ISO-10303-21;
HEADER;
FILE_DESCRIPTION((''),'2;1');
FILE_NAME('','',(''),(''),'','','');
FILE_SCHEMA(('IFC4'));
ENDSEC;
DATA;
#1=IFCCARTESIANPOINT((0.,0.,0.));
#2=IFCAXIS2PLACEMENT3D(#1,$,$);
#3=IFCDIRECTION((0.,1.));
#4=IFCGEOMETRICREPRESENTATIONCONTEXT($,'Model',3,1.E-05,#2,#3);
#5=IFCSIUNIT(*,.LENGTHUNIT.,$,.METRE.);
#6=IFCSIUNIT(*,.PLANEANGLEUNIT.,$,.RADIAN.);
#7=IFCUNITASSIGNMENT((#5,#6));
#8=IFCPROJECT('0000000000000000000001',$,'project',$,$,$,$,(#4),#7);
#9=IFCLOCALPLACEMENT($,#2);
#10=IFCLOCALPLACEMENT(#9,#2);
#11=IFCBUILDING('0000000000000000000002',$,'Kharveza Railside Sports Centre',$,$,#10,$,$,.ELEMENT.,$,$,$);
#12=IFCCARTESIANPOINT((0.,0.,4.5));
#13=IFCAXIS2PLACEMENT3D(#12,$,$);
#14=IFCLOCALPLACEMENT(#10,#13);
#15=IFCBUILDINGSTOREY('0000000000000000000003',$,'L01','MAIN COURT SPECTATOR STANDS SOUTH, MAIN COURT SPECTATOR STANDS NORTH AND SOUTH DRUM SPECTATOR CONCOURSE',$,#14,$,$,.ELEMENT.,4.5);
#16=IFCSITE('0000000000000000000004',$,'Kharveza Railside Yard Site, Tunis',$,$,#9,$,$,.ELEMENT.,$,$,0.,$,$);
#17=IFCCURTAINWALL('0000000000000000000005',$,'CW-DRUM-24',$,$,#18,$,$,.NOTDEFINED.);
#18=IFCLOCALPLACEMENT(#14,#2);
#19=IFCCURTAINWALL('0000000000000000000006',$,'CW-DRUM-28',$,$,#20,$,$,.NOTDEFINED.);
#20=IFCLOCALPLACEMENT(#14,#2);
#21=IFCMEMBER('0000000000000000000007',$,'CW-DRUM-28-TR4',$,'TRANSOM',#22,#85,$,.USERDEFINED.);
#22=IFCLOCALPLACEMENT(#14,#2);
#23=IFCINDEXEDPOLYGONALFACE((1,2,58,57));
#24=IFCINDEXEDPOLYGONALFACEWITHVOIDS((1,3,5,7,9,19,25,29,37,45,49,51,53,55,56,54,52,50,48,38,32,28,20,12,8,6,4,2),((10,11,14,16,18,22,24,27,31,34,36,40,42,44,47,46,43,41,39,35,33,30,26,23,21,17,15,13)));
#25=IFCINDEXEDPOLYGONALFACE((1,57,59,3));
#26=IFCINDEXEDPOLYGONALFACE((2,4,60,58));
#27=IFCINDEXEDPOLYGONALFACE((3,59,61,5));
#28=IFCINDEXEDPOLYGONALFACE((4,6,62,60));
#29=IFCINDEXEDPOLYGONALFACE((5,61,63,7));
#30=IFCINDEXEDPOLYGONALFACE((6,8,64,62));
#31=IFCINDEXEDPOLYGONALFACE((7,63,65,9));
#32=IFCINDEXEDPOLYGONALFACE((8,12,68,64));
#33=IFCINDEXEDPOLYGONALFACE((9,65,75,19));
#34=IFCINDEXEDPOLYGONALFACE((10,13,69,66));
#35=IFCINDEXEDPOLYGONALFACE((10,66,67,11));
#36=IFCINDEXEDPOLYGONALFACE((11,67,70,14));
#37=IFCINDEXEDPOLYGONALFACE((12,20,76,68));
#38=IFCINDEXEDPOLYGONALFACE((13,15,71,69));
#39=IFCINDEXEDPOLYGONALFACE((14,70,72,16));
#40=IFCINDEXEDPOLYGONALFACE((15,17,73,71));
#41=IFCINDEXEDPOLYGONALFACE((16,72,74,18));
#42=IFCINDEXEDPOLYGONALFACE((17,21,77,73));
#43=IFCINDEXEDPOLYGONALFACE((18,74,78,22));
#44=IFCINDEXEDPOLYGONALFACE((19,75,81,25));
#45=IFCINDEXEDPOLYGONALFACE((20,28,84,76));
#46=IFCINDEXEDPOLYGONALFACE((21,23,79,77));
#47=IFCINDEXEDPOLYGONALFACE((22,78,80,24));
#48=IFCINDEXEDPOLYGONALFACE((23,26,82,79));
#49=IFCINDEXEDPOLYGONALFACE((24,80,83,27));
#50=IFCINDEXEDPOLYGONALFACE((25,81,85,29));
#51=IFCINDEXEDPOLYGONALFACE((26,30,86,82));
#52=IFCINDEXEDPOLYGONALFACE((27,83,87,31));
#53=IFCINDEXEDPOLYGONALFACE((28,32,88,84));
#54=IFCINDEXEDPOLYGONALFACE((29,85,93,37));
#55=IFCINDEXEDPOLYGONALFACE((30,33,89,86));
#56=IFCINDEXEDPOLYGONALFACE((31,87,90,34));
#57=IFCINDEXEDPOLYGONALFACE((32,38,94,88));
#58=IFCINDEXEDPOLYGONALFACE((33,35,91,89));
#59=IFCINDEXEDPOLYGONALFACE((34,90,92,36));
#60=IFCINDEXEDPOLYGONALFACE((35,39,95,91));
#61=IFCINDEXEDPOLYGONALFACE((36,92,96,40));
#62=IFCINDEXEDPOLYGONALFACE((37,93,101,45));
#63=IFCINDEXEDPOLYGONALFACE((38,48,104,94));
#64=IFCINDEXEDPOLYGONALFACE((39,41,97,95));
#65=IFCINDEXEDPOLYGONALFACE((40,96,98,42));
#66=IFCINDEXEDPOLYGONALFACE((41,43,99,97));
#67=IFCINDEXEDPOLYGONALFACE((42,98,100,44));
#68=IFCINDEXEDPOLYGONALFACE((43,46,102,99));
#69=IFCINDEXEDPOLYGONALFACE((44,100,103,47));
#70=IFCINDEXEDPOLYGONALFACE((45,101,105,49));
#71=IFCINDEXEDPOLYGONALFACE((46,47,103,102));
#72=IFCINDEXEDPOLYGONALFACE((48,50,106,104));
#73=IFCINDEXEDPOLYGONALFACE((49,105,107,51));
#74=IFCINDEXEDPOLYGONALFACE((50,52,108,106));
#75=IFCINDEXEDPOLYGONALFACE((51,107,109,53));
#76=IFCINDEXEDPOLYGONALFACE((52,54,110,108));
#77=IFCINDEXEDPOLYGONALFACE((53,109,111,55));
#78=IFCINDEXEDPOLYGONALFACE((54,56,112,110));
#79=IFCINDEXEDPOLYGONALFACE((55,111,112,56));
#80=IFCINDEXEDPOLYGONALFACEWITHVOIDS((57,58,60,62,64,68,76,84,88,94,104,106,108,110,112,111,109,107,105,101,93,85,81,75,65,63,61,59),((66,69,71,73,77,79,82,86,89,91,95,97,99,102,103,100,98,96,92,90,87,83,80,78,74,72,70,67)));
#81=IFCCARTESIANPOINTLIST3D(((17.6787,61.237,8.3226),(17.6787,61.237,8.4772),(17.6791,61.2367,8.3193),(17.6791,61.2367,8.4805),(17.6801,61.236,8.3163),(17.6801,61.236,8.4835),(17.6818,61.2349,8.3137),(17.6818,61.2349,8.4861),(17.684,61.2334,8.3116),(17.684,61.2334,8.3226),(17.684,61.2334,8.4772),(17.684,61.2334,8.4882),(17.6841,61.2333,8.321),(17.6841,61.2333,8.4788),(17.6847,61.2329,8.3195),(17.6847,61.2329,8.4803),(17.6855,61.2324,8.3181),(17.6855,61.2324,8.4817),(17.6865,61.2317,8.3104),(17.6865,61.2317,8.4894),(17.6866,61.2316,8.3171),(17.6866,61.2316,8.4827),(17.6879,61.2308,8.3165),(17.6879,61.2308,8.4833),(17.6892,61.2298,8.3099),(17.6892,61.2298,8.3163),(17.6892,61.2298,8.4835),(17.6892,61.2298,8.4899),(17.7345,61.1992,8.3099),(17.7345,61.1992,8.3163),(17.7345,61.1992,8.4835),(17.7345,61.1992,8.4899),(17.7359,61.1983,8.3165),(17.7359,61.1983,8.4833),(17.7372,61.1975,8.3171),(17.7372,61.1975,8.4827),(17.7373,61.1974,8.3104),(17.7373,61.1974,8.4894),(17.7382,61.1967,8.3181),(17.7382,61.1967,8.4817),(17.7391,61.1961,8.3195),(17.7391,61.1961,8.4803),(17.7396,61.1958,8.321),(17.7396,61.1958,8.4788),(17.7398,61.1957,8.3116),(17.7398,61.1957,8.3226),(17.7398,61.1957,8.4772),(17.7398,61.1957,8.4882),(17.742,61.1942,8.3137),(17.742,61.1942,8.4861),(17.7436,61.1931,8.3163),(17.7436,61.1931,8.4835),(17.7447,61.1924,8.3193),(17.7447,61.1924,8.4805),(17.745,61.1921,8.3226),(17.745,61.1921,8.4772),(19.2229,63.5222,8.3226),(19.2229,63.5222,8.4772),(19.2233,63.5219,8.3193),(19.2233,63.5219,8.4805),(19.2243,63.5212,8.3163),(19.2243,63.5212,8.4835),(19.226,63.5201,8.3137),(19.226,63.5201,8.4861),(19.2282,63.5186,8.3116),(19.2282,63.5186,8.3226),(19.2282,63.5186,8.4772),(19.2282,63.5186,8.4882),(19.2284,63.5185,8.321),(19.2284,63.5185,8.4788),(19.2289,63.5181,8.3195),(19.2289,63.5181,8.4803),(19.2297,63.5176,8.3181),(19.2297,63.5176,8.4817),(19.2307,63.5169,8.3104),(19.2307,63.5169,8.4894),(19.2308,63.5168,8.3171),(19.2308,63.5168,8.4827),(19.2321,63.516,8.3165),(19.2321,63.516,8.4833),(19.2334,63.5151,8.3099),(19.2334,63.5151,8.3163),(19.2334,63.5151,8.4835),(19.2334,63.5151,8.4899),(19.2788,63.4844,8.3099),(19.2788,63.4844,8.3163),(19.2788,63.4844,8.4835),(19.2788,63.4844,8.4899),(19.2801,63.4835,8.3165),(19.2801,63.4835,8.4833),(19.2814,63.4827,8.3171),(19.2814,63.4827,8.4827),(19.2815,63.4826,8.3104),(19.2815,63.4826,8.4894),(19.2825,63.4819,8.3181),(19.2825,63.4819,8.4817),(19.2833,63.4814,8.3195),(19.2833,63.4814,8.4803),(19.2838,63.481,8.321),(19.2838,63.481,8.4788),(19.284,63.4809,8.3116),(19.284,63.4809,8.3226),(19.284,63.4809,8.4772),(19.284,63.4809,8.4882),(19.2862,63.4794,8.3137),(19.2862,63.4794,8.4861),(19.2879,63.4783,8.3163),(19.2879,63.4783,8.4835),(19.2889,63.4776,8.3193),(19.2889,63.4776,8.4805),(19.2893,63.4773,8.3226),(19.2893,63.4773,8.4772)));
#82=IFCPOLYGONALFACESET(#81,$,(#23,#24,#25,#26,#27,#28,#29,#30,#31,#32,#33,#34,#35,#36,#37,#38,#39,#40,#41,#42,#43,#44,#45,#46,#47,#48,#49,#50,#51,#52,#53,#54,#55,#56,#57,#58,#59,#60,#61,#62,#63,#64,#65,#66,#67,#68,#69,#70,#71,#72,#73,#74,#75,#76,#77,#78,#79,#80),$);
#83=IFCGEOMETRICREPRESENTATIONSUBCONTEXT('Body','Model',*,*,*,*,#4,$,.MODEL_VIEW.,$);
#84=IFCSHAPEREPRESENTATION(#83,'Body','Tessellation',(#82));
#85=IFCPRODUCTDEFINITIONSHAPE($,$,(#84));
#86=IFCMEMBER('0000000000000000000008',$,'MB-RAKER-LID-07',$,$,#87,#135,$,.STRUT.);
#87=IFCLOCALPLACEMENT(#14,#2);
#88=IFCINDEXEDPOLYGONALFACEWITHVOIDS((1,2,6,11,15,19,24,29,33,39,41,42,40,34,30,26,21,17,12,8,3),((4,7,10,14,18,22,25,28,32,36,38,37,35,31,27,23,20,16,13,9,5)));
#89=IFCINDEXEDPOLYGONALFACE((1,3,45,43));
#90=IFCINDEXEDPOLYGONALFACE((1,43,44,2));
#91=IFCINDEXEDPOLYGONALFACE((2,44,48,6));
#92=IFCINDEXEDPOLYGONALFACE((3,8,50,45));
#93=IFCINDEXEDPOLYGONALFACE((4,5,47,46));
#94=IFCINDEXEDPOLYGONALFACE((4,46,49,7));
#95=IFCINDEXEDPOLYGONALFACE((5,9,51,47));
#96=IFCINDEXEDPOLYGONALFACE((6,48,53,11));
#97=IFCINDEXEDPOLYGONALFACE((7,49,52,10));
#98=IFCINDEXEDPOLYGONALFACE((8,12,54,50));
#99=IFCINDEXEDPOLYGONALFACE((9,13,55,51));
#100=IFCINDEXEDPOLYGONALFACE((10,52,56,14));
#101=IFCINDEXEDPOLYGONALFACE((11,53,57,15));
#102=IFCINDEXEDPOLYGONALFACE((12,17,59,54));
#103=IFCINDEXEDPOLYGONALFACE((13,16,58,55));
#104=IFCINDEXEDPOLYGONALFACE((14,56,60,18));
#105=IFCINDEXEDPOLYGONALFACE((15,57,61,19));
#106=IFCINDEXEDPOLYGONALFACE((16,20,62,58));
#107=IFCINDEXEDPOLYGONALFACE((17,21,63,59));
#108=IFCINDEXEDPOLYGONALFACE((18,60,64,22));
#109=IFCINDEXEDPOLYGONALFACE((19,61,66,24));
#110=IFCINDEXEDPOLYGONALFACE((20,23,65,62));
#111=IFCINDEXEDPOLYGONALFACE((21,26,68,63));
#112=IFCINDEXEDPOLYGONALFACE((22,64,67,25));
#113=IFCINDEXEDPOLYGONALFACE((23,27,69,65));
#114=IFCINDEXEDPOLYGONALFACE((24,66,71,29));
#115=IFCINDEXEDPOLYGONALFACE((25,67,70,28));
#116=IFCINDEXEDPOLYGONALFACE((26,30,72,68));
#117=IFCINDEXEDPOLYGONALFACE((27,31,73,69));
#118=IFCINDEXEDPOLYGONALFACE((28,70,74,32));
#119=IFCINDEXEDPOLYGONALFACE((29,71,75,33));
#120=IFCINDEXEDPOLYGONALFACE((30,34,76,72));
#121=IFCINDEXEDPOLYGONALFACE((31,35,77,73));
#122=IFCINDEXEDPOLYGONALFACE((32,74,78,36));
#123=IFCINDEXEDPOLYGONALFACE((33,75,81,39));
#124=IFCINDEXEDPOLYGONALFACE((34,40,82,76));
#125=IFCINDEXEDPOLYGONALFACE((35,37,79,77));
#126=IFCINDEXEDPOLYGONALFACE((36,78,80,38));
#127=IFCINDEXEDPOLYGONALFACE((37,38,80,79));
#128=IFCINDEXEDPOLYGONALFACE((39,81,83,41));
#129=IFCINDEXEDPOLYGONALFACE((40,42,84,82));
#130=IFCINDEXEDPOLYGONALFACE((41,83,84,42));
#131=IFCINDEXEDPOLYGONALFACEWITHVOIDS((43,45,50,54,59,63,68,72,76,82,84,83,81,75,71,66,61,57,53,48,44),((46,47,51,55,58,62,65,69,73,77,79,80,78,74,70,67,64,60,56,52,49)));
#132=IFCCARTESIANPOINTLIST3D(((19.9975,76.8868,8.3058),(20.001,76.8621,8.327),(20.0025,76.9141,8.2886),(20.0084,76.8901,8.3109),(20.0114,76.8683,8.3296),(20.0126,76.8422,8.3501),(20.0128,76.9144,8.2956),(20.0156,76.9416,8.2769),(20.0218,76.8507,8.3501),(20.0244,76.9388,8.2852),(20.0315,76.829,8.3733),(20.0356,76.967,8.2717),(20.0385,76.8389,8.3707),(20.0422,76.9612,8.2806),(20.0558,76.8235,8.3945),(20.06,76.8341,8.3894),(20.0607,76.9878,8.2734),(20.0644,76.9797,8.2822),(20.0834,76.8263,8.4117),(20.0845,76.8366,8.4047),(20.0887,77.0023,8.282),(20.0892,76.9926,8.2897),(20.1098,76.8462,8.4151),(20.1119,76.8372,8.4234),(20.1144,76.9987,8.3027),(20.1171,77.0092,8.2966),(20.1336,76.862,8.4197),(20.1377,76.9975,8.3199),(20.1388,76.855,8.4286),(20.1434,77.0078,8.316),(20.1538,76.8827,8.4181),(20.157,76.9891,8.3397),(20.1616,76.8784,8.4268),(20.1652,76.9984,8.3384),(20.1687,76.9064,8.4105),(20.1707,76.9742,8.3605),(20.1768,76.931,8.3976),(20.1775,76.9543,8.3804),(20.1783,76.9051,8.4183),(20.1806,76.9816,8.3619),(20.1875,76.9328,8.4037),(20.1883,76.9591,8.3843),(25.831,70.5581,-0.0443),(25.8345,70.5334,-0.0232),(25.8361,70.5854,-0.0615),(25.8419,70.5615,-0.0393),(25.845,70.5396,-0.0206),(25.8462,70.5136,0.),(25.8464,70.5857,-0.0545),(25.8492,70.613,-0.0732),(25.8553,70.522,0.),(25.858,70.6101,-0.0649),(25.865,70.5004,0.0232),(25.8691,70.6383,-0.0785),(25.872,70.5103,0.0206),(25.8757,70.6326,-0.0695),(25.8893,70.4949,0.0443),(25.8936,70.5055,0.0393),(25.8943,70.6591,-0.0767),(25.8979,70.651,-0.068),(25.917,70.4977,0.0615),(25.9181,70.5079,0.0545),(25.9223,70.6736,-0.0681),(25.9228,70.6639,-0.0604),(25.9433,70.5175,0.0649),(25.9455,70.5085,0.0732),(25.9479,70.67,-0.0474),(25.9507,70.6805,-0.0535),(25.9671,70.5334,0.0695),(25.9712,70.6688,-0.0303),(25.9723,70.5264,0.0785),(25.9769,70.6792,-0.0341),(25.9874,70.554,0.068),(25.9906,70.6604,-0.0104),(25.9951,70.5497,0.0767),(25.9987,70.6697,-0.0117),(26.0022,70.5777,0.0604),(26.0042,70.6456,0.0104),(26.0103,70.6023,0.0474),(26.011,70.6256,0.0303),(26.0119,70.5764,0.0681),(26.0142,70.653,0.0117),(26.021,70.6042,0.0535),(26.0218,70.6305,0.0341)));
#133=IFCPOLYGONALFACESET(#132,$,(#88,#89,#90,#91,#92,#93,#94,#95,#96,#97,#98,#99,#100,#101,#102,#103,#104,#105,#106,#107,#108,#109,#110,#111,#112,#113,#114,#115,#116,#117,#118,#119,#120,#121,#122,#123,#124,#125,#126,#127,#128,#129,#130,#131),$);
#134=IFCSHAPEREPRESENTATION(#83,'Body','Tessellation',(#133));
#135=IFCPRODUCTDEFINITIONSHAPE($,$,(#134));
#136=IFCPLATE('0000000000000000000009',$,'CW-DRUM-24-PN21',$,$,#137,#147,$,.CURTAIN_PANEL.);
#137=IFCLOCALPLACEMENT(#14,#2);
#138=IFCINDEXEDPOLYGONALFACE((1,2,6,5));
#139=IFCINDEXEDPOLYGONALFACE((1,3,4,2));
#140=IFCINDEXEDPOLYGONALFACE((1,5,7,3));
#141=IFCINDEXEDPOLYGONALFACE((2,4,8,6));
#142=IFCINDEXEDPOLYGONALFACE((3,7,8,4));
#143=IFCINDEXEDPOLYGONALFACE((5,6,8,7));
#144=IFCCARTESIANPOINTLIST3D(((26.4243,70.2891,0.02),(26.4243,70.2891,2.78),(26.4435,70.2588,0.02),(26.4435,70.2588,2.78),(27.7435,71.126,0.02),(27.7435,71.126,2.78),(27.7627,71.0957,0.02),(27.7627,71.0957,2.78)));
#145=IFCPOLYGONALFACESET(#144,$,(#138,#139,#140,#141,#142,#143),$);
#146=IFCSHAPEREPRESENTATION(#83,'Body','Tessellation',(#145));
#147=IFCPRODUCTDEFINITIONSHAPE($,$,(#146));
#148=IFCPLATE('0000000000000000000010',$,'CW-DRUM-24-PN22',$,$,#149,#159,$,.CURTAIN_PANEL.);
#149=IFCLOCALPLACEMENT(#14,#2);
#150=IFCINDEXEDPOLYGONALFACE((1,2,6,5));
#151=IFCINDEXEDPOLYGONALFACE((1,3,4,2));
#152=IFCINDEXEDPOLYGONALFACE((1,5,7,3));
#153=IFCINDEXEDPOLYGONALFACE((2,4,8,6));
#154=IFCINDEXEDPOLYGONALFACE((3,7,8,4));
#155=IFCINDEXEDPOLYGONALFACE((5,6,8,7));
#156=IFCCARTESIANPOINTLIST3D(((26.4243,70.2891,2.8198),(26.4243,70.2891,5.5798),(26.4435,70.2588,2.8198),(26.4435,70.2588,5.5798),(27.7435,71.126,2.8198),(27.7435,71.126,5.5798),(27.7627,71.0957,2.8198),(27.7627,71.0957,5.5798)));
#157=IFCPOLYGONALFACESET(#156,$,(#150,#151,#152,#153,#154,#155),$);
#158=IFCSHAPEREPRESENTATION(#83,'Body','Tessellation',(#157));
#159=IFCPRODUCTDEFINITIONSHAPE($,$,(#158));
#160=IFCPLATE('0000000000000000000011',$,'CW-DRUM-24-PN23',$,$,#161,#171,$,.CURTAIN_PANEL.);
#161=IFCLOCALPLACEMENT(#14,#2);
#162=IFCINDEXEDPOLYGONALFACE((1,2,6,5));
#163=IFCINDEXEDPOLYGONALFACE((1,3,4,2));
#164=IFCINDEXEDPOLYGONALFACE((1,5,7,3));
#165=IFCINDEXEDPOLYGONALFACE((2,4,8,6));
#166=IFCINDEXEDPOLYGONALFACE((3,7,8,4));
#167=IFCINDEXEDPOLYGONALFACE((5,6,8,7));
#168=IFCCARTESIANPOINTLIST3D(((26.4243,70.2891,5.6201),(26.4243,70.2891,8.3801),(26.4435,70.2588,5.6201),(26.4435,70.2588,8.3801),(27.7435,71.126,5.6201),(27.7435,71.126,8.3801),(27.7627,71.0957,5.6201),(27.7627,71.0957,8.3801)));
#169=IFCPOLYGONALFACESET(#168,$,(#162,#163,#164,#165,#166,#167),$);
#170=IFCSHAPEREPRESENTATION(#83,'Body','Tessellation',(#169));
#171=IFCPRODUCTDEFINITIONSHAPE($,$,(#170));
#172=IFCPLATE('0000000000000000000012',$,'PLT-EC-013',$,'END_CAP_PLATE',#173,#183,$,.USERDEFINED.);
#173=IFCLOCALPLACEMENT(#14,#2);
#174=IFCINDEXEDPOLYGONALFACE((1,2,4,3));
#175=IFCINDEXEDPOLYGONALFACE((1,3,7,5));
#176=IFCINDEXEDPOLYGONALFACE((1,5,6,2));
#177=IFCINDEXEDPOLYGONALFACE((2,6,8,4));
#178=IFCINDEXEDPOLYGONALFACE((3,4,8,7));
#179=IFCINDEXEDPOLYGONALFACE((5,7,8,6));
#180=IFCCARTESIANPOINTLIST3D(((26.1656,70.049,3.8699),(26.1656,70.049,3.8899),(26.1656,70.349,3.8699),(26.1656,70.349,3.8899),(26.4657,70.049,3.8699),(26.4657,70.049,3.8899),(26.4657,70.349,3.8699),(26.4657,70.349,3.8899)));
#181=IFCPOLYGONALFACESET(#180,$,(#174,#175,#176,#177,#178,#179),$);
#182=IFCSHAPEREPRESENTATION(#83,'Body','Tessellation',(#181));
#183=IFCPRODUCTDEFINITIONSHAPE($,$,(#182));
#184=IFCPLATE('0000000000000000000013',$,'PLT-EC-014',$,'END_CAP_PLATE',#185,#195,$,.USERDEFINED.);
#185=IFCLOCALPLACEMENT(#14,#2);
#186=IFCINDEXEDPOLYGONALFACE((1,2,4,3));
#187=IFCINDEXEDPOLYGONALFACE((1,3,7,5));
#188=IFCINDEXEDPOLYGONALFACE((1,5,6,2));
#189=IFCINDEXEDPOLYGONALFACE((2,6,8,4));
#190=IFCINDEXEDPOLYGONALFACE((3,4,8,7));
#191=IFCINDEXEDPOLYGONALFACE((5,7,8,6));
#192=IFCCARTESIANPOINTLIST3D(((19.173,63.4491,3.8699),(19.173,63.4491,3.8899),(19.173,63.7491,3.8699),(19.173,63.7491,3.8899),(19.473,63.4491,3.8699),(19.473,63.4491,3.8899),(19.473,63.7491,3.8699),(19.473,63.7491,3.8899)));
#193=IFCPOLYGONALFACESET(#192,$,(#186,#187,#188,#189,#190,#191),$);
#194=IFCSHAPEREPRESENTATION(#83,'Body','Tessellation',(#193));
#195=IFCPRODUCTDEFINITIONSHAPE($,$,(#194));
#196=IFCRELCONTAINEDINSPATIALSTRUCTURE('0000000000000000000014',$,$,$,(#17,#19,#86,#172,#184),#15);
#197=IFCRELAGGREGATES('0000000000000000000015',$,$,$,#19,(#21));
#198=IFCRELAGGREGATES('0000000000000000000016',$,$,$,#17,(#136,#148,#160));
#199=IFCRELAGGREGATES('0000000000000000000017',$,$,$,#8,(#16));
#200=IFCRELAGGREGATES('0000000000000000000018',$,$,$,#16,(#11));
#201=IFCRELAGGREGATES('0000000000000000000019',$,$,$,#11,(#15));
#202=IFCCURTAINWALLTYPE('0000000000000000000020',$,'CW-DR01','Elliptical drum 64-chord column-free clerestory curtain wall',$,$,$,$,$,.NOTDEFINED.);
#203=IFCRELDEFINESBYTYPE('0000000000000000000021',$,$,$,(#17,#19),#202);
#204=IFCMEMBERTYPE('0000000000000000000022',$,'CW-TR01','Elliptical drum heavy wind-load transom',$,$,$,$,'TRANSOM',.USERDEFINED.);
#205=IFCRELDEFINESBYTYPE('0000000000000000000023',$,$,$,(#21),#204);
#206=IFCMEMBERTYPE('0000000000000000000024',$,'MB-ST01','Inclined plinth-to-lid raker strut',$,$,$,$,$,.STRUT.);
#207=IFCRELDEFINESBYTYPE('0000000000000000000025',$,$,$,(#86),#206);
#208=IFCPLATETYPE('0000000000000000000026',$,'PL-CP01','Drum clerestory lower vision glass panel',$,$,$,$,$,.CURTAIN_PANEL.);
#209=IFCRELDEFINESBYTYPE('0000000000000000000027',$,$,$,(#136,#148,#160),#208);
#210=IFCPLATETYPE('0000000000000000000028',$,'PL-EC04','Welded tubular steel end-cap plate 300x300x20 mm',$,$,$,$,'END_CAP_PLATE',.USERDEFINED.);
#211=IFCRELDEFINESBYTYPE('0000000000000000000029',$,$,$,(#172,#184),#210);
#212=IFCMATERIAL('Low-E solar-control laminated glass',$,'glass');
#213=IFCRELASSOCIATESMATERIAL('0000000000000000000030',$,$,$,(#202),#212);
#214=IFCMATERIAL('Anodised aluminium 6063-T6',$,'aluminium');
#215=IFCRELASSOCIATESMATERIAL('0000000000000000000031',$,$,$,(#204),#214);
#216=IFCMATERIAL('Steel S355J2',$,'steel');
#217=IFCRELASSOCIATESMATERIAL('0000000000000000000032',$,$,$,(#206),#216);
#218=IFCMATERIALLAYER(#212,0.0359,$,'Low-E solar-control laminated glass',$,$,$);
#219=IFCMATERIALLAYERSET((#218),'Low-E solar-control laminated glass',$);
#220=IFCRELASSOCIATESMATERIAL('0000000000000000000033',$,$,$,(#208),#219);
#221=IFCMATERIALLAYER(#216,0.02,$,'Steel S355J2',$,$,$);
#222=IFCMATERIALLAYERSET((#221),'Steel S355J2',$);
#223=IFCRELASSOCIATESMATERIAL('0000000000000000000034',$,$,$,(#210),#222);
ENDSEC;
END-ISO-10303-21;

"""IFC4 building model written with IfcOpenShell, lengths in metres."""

from ifc_helpers import new_model, si_unit, direction, frame, origin, origin_2d, place, context, subcontext, project, spatial, rectangle, hollow_rectangle, hollow_circle, extrude, material, layer, layer_set, material_profile, profile_set, type_object, element, aggregate, save


model = new_model("IFC4")

# Units and contexts
model_context = context("Model", 3, precision=1e-05, world=origin(), true_north=direction((0.0, 1.0)))
body_context = subcontext(model_context, "Body", "Model", "MODEL_VIEW")
ifc_project = project(units=[si_unit("LENGTHUNIT", "METRE"), si_unit("PLANEANGLEUNIT", "RADIAN")], contexts=[model_context])

# Site, building, storey
site_placement = place(None, origin())
site = spatial("IfcSite", under=ifc_project, at=site_placement, Name="Kharveza Railside Yard Site, Tunis", CompositionType="ELEMENT", RefElevation=0.0)
building_placement = place(site_placement, origin())
building = spatial("IfcBuilding", under=site, at=building_placement, Name="Kharveza Railside Sports Centre", CompositionType="ELEMENT")
storey_placement = place(building_placement, frame((0.0, 0.0, 4.5)))
storey = spatial("IfcBuildingStorey", under=building, at=storey_placement, Name="L01", Description="MAIN COURT SPECTATOR STANDS SOUTH, MAIN COURT SPECTATOR STANDS NORTH AND SOUTH DRUM SPECTATOR CONCOURSE", CompositionType="ELEMENT", Elevation=4.5)

# Shared definitions
ifc_material_1 = material(Name="Steel S355J2", Category="steel")

# Curtain wall
ifc_material_2 = material(Name="Low-E solar-control laminated glass", Category="glass")
curtain_wall_type = type_object("IfcCurtainWallType", Name="CW-DR01", Description="Elliptical drum 64-chord column-free clerestory curtain wall", PredefinedType="NOTDEFINED", material=ifc_material_2)
curtain_wall_1_placement = place(storey_placement, origin())
curtain_wall_1 = element("IfcCurtainWall", 1, at=curtain_wall_1_placement, inside=storey, type_object=curtain_wall_type, Name="CW-DRUM-24", PredefinedType="NOTDEFINED")
ifc_material_3 = material(Name="Anodised aluminium 6063-T6", Category="aluminium")

# Curtain wall, member
curtain_wall_2_placement = place(storey_placement, origin())
curtain_wall_2 = element("IfcCurtainWall", 2, at=curtain_wall_2_placement, inside=storey, type_object=curtain_wall_type, Name="CW-DRUM-28", PredefinedType="NOTDEFINED")
ifc_material_profile_1 = material_profile(ifc_material_3, hollow_rectangle(XDim=0.0801, YDim=0.1799, WallThickness=0.0063, InnerFilletRadius=0.0063, OuterFilletRadius=0.0127, at=origin_2d()), Name="RHS 80x180x6.3")
ifc_profile_set_1 = profile_set([ifc_material_profile_1], Name="Anodised aluminium 6063-T6")
member_type_1 = type_object("IfcMemberType", Name="CW-TR01", Description="Elliptical drum heavy wind-load transom", ElementType="TRANSOM", PredefinedType="USERDEFINED", material=ifc_profile_set_1)
member_1_placement = place(storey_placement, frame((19.2561, 63.4998, 8.3999), z_axis=(-0.559898, -0.828561, 0.0), x_axis=(0.828561, -0.559898, 0.0)))
member_1 = element("IfcMember", 3, at=member_1_placement, type_object=member_type_1, Name="CW-DRUM-28-TR4", ObjectType="TRANSOM", PredefinedType="USERDEFINED", context=body_context, shape_type="SweptSolid", body=[
    extrude(hollow_rectangle(XDim=0.0801, YDim=0.1799, WallThickness=0.0063, InnerFilletRadius=0.0063, OuterFilletRadius=0.0127, at=origin_2d()), origin(), (0.0, 0.0, 1.0), 2.7581),
])
aggregate(curtain_wall_2, [member_1])

# Member
ifc_material_profile_2 = material_profile(ifc_material_1, hollow_circle(Radius=0.1096, WallThickness=0.0125, at=origin_2d()), Name="CHS 219.1x12.5")
ifc_profile_set_2 = profile_set([ifc_material_profile_2], Name="Steel S355J2")
member_type_2 = type_object("IfcMemberType", Name="MB-ST01", Description="Inclined plinth-to-lid raker strut", PredefinedType="STRUT", material=ifc_profile_set_2)
member_2_placement = place(storey_placement, frame((25.9268, 70.5879, 0.0), z_axis=(-0.486454, 0.527742, 0.696313), x_axis=(-0.735284, -0.677759, 0.0)))
element("IfcMember", 4, at=member_2_placement, inside=storey, type_object=member_type_2, Name="MB-RAKER-LID-07", PredefinedType="STRUT", context=body_context, shape_type="SweptSolid", body=[
    extrude(hollow_circle(Radius=0.1096, WallThickness=0.0125, at=origin_2d()), origin(), (0.0, 0.0, 1.0), 11.9919),
])

# Plates
ifc_layer_1 = layer(ifc_material_2, 0.0359, Name="Low-E solar-control laminated glass")
ifc_layer_set_1 = layer_set([ifc_layer_1], Name="Low-E solar-control laminated glass")
plate_type_1 = type_object("IfcPlateType", Name="PL-CP01", Description="Drum clerestory lower vision glass panel", PredefinedType="CURTAIN_PANEL", material=ifc_layer_set_1)
plate_1_placement = place(storey_placement, frame((27.0935, 70.6924, 0.02), z_axis=(0.0, 0.0, 1.0), x_axis=(-0.844393, -0.535724, 0.0)))
plate_1 = element("IfcPlate", 5, at=plate_1_placement, type_object=plate_type_1, Name="CW-DRUM-24-PN21", PredefinedType="CURTAIN_PANEL", context=body_context, shape_type="SweptSolid", body=[
    extrude(rectangle(XDim=1.5623, YDim=0.0359, at=origin_2d()), origin(), (0.0, 0.0, 1.0), 2.76),
])
plate_2_placement = place(storey_placement, frame((27.0935, 70.6924, 2.8198), z_axis=(0.0, 0.0, 1.0), x_axis=(-0.844393, -0.535724, 0.0)))
plate_2 = element("IfcPlate", 6, at=plate_2_placement, type_object=plate_type_1, Name="CW-DRUM-24-PN22", PredefinedType="CURTAIN_PANEL", context=body_context, shape_type="SweptSolid", body=[
    extrude(rectangle(XDim=1.5623, YDim=0.0359, at=origin_2d()), origin(), (0.0, 0.0, 1.0), 2.76),
])
plate_3_placement = place(storey_placement, frame((27.0935, 70.6924, 5.6201), z_axis=(0.0, 0.0, 1.0), x_axis=(-0.844393, -0.535724, 0.0)))
plate_3 = element("IfcPlate", 7, at=plate_3_placement, type_object=plate_type_1, Name="CW-DRUM-24-PN23", PredefinedType="CURTAIN_PANEL", context=body_context, shape_type="SweptSolid", body=[
    extrude(rectangle(XDim=1.5623, YDim=0.0359, at=origin_2d()), origin(), (0.0, 0.0, 1.0), 2.76),
])
aggregate(curtain_wall_1, [plate_1, plate_2, plate_3])

# Plates
ifc_layer_2 = layer(ifc_material_1, 0.02, Name="Steel S355J2")
ifc_layer_set_2 = layer_set([ifc_layer_2], Name="Steel S355J2")
plate_type_2 = type_object("IfcPlateType", Name="PL-EC04", Description="Welded tubular steel end-cap plate 300x300x20 mm", ElementType="END_CAP_PLATE", PredefinedType="USERDEFINED", material=ifc_layer_set_2)
for number, where, z_axis, x_axis, name in (
    (8, (26.3157, 70.199, 3.8699), (0.0, 0.0, 1.0), (1.0, 0.0, 0.0), "PLT-EC-013"),
    (9, (19.323, 63.5991, 3.8699), (0.0, 0.0, 1.0), (1.0, 0.0, 0.0), "PLT-EC-014"),
):
    element("IfcPlate", number, at=place(storey_placement, frame(where, z_axis=z_axis, x_axis=x_axis)), inside=storey, type_object=plate_type_2, Name=name, ObjectType="END_CAP_PLATE", PredefinedType="USERDEFINED", context=body_context, shape_type="SweptSolid", body=[
        extrude(rectangle(XDim=0.3, YDim=0.3, at=origin_2d()), origin(), (0.0, 0.0, 1.0), 0.02),
    ])

save(model, "model.ifc")
